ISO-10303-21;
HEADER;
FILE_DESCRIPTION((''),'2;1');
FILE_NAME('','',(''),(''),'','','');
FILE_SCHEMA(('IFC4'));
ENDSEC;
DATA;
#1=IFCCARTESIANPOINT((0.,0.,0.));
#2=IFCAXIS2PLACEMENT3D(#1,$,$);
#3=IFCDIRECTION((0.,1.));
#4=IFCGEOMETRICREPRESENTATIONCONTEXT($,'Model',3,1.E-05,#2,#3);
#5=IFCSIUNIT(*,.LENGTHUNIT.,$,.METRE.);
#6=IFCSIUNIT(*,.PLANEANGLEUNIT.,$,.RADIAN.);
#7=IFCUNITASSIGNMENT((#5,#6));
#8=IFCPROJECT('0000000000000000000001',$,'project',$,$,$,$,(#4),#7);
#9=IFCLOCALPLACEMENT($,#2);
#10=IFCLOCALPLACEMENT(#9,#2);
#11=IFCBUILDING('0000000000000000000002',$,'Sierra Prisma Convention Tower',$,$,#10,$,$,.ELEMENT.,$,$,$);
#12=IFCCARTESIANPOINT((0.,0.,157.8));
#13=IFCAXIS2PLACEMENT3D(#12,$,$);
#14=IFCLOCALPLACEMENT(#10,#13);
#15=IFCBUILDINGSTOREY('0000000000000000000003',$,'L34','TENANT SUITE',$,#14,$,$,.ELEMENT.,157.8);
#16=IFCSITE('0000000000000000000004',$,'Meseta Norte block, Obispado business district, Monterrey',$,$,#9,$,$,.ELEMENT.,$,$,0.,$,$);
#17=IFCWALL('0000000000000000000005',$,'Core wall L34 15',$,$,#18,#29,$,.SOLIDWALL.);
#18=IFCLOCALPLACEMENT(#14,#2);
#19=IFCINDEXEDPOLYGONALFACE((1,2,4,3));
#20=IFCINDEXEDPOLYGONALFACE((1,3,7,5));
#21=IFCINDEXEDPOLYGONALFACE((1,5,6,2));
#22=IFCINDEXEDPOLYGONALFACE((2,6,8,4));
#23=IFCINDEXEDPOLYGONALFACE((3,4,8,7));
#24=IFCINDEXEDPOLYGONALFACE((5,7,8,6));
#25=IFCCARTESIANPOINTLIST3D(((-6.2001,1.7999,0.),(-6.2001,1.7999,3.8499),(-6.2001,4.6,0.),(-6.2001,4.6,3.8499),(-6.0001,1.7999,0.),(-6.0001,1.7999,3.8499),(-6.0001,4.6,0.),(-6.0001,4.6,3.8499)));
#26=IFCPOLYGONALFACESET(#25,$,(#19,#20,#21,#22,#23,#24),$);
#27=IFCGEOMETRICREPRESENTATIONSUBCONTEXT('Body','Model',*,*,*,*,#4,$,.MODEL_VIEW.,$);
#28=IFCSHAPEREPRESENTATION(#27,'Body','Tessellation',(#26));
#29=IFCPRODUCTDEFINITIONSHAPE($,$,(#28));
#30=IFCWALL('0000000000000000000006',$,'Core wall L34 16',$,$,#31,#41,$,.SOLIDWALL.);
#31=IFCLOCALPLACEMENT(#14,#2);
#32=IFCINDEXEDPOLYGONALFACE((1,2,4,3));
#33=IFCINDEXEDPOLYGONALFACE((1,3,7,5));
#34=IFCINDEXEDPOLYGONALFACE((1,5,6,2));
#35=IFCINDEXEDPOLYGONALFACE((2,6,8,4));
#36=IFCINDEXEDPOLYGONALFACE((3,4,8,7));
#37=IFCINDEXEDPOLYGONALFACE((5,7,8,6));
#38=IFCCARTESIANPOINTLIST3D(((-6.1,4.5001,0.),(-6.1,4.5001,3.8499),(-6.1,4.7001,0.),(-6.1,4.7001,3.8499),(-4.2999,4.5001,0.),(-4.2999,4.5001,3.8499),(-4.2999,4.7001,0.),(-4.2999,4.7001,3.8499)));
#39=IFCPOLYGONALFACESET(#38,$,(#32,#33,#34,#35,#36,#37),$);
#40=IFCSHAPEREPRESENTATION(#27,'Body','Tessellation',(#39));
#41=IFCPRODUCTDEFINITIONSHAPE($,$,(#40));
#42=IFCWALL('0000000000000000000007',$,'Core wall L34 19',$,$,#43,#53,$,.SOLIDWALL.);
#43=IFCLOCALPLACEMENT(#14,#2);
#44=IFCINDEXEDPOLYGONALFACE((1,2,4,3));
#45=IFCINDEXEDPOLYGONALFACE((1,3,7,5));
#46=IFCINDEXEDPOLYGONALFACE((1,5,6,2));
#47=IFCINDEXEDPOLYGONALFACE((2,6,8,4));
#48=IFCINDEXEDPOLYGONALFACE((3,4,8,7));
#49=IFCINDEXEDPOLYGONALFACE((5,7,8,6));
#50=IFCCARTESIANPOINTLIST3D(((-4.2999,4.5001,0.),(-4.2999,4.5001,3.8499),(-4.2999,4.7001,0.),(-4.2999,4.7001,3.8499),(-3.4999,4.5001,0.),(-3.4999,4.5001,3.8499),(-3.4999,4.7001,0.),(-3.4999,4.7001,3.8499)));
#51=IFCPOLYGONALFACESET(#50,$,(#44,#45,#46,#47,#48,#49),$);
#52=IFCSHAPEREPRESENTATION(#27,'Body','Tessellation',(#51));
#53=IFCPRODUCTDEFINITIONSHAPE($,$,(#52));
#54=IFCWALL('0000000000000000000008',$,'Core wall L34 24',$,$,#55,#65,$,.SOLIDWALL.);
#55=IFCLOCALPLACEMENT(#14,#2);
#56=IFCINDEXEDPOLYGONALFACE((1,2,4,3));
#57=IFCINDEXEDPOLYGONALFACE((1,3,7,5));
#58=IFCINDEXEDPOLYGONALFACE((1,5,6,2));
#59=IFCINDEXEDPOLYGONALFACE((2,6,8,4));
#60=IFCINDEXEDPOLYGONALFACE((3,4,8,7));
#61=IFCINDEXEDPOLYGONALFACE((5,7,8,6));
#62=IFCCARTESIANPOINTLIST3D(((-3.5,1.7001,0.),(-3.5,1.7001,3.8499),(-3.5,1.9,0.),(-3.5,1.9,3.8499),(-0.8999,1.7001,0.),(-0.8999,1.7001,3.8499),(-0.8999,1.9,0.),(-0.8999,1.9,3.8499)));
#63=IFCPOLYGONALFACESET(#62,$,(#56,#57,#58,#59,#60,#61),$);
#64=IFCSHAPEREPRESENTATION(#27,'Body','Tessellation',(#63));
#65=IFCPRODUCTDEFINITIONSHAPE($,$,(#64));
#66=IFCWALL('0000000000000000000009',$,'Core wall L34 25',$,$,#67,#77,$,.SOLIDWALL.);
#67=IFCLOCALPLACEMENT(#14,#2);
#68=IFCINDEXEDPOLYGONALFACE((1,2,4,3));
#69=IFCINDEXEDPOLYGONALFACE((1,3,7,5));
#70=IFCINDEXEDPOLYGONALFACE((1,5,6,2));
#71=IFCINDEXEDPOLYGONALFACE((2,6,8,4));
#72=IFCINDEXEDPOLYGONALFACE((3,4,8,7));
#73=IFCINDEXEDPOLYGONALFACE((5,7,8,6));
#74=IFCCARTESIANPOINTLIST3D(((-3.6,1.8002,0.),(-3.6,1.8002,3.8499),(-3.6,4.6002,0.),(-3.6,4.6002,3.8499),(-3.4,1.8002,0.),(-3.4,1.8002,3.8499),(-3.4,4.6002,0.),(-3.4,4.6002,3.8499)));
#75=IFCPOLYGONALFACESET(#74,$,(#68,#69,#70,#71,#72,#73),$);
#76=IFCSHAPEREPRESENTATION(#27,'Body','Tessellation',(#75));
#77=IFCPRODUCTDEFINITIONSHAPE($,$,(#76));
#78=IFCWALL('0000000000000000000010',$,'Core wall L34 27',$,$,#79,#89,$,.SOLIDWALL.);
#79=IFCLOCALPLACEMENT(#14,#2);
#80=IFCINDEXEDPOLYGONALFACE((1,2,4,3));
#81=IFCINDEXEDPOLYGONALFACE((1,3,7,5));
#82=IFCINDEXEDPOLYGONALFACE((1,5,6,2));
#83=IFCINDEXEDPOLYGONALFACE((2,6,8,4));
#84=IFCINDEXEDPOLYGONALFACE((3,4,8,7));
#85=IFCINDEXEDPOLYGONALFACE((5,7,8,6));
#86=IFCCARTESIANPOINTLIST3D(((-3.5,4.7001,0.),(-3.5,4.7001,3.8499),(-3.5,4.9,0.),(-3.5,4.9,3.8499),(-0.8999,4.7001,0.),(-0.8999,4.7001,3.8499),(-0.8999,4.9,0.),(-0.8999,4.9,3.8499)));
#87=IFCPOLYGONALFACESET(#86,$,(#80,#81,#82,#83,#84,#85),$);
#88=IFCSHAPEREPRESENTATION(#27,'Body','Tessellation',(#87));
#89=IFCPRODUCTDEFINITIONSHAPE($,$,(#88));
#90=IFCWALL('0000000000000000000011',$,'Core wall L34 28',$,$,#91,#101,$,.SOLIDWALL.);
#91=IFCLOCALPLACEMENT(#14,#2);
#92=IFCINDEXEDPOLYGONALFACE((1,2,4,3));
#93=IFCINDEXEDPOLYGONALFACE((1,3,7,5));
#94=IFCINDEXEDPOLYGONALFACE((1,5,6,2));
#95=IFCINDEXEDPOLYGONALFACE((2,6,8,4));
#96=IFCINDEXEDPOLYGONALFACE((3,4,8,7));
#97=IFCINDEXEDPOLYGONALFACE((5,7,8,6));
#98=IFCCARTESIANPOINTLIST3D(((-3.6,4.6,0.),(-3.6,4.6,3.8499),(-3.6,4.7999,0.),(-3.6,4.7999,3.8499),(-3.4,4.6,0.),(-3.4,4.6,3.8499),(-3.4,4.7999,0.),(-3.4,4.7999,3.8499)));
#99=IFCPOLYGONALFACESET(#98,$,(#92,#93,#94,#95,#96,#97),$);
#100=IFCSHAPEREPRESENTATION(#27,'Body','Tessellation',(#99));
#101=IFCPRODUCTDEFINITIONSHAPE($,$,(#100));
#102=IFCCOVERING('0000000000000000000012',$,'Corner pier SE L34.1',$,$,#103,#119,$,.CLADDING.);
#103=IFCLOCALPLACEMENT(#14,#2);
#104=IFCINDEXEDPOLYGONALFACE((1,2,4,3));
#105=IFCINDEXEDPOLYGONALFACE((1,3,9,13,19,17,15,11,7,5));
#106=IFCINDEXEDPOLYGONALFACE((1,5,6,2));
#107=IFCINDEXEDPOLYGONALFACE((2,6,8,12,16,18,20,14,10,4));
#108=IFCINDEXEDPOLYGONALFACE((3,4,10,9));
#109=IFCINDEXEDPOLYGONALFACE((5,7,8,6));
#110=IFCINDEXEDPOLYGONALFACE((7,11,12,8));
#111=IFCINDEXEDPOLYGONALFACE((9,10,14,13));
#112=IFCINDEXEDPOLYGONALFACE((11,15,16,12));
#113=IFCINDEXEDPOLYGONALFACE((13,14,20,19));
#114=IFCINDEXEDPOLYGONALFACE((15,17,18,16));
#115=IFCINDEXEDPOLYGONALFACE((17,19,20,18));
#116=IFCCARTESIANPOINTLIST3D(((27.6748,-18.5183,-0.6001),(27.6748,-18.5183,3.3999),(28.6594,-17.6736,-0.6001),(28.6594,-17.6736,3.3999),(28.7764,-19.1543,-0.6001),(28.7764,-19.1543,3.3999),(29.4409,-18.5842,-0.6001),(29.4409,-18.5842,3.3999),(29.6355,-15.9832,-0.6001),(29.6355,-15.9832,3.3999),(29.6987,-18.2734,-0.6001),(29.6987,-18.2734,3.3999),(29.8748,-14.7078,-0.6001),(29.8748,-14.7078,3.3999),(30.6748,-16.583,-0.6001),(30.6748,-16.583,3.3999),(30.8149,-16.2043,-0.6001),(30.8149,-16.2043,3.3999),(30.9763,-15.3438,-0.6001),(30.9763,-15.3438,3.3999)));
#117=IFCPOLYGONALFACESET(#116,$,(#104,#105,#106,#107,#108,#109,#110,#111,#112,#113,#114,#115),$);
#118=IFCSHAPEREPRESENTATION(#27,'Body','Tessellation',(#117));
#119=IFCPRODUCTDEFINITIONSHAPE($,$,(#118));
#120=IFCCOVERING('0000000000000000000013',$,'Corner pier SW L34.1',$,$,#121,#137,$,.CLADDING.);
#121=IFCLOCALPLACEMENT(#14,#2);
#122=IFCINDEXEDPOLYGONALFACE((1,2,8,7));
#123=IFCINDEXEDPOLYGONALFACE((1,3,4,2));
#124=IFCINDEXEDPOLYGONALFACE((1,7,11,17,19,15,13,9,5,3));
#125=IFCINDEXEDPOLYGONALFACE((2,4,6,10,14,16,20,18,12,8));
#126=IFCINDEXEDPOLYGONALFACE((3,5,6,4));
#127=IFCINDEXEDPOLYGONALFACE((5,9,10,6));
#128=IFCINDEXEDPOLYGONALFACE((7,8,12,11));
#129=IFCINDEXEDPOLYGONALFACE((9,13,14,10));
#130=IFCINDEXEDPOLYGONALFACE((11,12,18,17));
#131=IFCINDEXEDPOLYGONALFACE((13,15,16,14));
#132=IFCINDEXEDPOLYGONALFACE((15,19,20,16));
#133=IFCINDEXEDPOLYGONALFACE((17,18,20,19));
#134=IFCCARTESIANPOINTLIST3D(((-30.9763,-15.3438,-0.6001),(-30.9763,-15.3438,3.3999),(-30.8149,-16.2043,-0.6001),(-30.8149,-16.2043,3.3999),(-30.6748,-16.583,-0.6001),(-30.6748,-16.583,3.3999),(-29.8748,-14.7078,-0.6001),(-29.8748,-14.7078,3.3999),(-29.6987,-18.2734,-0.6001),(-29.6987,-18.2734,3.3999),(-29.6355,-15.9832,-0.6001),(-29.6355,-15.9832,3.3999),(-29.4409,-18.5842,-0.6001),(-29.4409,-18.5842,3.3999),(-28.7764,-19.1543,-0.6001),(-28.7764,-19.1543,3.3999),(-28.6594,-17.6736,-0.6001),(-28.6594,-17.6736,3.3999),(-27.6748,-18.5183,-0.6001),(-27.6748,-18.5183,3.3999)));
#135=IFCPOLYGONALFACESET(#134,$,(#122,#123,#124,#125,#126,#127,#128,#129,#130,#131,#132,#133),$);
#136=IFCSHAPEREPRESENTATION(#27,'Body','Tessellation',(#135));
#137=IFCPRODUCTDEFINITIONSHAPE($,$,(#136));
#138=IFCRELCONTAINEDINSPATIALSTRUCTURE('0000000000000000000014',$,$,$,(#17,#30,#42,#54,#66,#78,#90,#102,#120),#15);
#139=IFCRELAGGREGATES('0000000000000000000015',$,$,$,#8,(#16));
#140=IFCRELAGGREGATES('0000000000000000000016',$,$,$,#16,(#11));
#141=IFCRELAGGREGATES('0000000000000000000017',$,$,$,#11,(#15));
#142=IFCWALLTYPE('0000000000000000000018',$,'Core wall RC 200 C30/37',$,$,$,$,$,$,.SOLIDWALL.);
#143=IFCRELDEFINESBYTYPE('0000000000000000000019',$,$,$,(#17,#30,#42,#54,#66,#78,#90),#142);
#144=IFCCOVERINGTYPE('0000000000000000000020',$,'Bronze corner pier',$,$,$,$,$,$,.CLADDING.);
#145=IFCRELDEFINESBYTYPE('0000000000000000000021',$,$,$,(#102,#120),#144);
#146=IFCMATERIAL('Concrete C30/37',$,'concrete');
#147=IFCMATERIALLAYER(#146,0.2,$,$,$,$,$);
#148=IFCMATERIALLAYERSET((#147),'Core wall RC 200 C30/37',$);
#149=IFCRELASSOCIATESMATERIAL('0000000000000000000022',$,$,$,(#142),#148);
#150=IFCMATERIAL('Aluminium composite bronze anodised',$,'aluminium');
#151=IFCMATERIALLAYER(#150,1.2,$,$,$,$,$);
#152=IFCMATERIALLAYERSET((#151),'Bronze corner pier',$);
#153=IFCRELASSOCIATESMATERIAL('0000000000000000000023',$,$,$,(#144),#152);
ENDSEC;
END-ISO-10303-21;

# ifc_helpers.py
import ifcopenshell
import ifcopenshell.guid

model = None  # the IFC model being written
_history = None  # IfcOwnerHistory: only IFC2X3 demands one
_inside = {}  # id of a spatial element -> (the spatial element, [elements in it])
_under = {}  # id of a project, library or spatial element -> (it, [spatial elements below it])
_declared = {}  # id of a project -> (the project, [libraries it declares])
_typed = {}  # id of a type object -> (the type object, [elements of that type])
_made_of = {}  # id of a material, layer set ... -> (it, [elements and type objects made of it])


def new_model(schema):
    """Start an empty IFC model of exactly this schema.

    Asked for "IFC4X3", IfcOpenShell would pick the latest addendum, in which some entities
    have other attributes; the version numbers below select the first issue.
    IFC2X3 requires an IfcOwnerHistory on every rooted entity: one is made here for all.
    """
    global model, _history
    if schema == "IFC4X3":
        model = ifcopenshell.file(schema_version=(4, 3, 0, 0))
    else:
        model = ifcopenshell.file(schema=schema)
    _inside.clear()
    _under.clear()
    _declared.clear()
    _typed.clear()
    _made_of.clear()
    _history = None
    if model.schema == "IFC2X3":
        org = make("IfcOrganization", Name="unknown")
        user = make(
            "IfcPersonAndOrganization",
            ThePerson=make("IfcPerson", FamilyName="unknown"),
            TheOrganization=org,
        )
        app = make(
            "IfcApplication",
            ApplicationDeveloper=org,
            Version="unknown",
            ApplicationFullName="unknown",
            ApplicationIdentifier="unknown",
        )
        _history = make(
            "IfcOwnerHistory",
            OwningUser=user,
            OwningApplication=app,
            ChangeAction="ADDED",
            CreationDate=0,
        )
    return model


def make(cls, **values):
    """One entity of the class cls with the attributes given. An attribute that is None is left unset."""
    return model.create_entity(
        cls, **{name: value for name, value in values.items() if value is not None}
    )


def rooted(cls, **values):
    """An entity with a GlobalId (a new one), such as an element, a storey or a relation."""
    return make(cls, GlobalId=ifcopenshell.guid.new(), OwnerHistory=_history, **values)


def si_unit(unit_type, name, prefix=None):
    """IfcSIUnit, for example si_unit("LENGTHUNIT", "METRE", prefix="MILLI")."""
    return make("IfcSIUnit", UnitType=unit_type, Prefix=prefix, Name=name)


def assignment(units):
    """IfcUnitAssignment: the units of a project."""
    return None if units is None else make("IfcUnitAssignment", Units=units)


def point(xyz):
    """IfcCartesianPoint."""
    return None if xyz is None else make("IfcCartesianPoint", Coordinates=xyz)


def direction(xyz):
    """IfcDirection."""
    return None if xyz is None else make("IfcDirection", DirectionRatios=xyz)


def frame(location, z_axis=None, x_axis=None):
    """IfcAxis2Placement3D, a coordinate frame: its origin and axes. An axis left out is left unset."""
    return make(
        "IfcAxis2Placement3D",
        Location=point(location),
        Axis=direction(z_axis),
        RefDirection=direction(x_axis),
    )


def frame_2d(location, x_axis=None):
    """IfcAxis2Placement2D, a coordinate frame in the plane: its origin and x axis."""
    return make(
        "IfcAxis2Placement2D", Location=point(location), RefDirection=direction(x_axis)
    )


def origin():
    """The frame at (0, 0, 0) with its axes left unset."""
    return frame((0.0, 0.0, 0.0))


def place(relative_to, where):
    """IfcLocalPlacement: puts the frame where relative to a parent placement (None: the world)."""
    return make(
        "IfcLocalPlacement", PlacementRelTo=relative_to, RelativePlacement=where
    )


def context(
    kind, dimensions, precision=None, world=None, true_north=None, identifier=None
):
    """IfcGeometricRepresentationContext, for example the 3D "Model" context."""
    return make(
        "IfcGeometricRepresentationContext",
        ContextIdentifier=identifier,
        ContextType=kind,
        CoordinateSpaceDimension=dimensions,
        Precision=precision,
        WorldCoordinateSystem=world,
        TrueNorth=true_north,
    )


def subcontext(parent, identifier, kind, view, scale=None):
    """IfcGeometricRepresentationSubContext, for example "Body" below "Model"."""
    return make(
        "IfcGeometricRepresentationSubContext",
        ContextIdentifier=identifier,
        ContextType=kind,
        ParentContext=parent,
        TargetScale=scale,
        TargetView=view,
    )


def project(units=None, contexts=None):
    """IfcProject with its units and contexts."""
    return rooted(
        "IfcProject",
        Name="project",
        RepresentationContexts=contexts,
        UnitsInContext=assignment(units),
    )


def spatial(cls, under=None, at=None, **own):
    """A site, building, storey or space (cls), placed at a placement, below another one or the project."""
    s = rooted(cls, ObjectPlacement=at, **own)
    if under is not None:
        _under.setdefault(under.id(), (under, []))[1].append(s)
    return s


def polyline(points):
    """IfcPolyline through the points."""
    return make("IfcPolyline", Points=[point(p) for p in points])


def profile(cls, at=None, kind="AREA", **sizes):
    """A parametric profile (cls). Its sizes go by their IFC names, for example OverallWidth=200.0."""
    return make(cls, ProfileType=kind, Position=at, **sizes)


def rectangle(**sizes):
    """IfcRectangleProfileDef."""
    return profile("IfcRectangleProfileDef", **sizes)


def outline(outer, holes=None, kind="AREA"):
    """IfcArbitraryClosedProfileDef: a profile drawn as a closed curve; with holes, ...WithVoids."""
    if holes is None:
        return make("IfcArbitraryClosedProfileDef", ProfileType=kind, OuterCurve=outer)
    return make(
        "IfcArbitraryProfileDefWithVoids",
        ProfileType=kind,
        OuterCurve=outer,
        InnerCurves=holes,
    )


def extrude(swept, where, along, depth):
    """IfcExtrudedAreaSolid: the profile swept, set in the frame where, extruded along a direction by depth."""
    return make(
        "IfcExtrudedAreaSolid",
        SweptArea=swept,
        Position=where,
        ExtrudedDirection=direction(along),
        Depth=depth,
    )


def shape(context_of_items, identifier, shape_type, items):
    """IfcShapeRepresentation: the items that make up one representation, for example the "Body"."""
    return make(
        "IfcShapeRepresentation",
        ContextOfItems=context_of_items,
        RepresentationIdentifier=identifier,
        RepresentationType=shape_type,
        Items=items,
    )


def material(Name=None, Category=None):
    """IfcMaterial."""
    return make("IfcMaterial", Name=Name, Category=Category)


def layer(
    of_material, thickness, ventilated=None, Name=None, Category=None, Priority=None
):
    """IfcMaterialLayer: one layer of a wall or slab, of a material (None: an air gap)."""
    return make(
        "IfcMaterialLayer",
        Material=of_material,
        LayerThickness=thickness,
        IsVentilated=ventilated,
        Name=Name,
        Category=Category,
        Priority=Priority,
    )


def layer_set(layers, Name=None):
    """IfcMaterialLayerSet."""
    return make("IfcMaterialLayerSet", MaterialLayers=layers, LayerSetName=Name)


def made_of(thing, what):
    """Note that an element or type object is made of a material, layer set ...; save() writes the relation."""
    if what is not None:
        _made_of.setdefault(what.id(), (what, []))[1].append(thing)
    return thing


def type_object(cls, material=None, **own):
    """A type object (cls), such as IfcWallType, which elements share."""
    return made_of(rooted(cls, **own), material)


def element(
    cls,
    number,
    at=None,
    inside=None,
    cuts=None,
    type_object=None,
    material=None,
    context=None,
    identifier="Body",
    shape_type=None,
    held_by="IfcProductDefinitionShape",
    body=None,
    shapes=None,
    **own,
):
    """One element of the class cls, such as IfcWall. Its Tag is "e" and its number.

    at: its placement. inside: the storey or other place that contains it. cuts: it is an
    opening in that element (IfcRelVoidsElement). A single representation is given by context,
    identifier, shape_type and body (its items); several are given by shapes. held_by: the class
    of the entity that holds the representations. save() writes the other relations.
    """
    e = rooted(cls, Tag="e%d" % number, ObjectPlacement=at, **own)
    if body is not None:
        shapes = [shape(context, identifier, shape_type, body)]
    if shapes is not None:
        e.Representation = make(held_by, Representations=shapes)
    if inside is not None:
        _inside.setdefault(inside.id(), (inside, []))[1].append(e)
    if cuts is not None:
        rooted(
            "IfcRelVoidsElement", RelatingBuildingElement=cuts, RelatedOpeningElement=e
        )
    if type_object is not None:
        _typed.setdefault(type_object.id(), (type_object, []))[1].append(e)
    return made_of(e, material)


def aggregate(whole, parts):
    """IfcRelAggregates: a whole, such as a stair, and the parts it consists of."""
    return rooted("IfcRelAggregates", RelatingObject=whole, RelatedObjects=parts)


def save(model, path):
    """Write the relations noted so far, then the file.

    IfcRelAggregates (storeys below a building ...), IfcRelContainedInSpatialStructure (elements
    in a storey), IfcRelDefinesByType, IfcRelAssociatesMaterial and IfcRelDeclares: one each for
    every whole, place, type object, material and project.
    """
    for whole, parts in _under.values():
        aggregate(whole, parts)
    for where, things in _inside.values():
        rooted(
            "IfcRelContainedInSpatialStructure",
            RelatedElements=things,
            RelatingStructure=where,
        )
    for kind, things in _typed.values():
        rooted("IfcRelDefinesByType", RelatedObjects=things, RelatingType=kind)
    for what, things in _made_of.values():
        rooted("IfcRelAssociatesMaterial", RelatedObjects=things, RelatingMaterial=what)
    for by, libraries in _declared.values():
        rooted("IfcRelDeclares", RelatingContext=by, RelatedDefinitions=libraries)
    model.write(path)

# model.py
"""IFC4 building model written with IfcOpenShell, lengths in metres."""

from ifc_helpers import new_model, si_unit, direction, frame, frame_2d, origin, place, context, subcontext, project, spatial, polyline, rectangle, outline, extrude, material, layer, layer_set, type_object, element, save


model = new_model("IFC4")

# Units and contexts
model_context = context("Model", 3, precision=1e-05, world=origin(), true_north=direction((0.0, 1.0)))
body_context = subcontext(model_context, "Body", "Model", "MODEL_VIEW")
ifc_project = project(units=[si_unit("LENGTHUNIT", "METRE"), si_unit("PLANEANGLEUNIT", "RADIAN")], contexts=[model_context])

# Site, building, storey
site_placement = place(None, origin())
site = spatial("IfcSite", under=ifc_project, at=site_placement, Name="Meseta Norte block, Obispado business district, Monterrey", CompositionType="ELEMENT", RefElevation=0.0)
building_placement = place(site_placement, origin())
building = spatial("IfcBuilding", under=site, at=building_placement, Name="Sierra Prisma Convention Tower", CompositionType="ELEMENT")
storey_placement = place(building_placement, frame((0.0, 0.0, 157.8)))
storey = spatial("IfcBuildingStorey", under=building, at=storey_placement, Name="L34", Description="TENANT SUITE", CompositionType="ELEMENT", Elevation=157.8)

# Walls
ifc_material_1 = material(Name="Concrete C30/37", Category="concrete")
ifc_layer_1 = layer(ifc_material_1, 0.2)
ifc_layer_set_1 = layer_set([ifc_layer_1], Name="Core wall RC 200 C30/37")
wall_type = type_object("IfcWallType", Name="Core wall RC 200 C30/37", PredefinedType="SOLIDWALL", material=ifc_layer_set_1)
wall_1_placement = place(storey_placement, frame((-6.1001, 1.8, 0.0), z_axis=(0.0, 0.0, 1.0), x_axis=(0.0, 1.0, 0.0)))
element("IfcWall", 1, at=wall_1_placement, inside=storey, type_object=wall_type, Name="Core wall L34 15", PredefinedType="SOLIDWALL", context=body_context, shape_type="SweptSolid", body=[
    extrude(rectangle(XDim=2.8, YDim=0.2, at=frame_2d((1.3999, 0.0))), origin(), (0.0, 0.0, 1.0), 3.8499),
])
wall_2_placement = place(storey_placement, frame((-4.3, 4.6001, 0.0), z_axis=(0.0, 0.0, 1.0), x_axis=(-1.0, 0.0, 0.0)))
element("IfcWall", 2, at=wall_2_placement, inside=storey, type_object=wall_type, Name="Core wall L34 16", PredefinedType="SOLIDWALL", context=body_context, shape_type="SweptSolid", body=[
    extrude(rectangle(XDim=1.8, YDim=0.2, at=frame_2d((0.8999, 0.0))), origin(), (0.0, 0.0, 1.0), 3.8499),
])
wall_3_placement = place(storey_placement, frame((-3.5, 4.6001, 0.0), z_axis=(0.0, 0.0, 1.0), x_axis=(-1.0, 0.0, 0.0)))
element("IfcWall", 3, at=wall_3_placement, inside=storey, type_object=wall_type, Name="Core wall L34 19", PredefinedType="SOLIDWALL", context=body_context, shape_type="SweptSolid", body=[
    extrude(rectangle(XDim=0.8, YDim=0.2, at=frame_2d((0.3999, 0.0))), origin(), (0.0, 0.0, 1.0), 3.8499),
])

# Walls
wall_4_placement = place(storey_placement, frame((-0.8999, 1.8, 0.0), z_axis=(0.0, 0.0, 1.0), x_axis=(-1.0, 0.0, 0.0)))
element("IfcWall", 4, at=wall_4_placement, inside=storey, type_object=wall_type, Name="Core wall L34 24", PredefinedType="SOLIDWALL", context=body_context, shape_type="SweptSolid", body=[
    extrude(rectangle(XDim=2.6001, YDim=0.2, at=frame_2d((1.3, 0.0))), origin(), (0.0, 0.0, 1.0), 3.8499),
])
wall_5_placement = place(storey_placement, frame((-3.5, 4.6001, 0.0), z_axis=(0.0, 0.0, 1.0), x_axis=(0.0, -1.0, 0.0)))
element("IfcWall", 5, at=wall_5_placement, inside=storey, type_object=wall_type, Name="Core wall L34 25", PredefinedType="SOLIDWALL", context=body_context, shape_type="SweptSolid", body=[
    extrude(rectangle(XDim=2.8, YDim=0.2, at=frame_2d((1.3999, 0.0))), origin(), (0.0, 0.0, 1.0), 3.8499),
])

# Walls
wall_6_placement = place(storey_placement, frame((-0.8999, 4.8, 0.0), z_axis=(0.0, 0.0, 1.0), x_axis=(-1.0, 0.0, 0.0)))
element("IfcWall", 6, at=wall_6_placement, inside=storey, type_object=wall_type, Name="Core wall L34 27", PredefinedType="SOLIDWALL", context=body_context, shape_type="SweptSolid", body=[
    extrude(rectangle(XDim=2.6001, YDim=0.2, at=frame_2d((1.3, 0.0))), origin(), (0.0, 0.0, 1.0), 3.8499),
])
wall_7_placement = place(storey_placement, frame((-3.5, 4.8, 0.0), z_axis=(0.0, 0.0, 1.0), x_axis=(0.0, -1.0, 0.0)))
element("IfcWall", 7, at=wall_7_placement, inside=storey, type_object=wall_type, Name="Core wall L34 28", PredefinedType="SOLIDWALL", context=body_context, shape_type="SweptSolid", body=[
    extrude(rectangle(XDim=0.2, YDim=0.2, at=frame_2d((0.1001, 0.0))), origin(), (0.0, 0.0, 1.0), 3.8499),
])

# Coverings
ifc_material_2 = material(Name="Aluminium composite bronze anodised", Category="aluminium")
ifc_layer_2 = layer(ifc_material_2, 1.2)
ifc_layer_set_2 = layer_set([ifc_layer_2], Name="Bronze corner pier")
covering_type_1 = type_object("IfcCoveringType", Name="Bronze corner pier", PredefinedType="CLADDING", material=ifc_layer_set_2)
covering_1_placement = place(storey_placement, frame((0.0, 0.0, -0.6001)))
element("IfcCovering", 8, at=covering_1_placement, inside=storey, type_object=covering_type_1, Name="Corner pier SE L34.1", PredefinedType="CLADDING", context=body_context, shape_type="SweptSolid", body=[
    extrude(outline(polyline([(30.6748, -16.583), (29.6987, -18.2734), (29.4409, -18.5842), (28.7764, -19.1543), (27.6748, -18.5183), (28.6594, -17.6736), (29.6355, -15.9832), (29.8748, -14.7078), (30.9763, -15.3438), (30.8149, -16.2043), (30.6748, -16.583)])), origin(), (0.0, 0.0, 1.0), 4.0),
])
covering_2_placement = place(storey_placement, frame((0.0, 0.0, -0.6001)))
element("IfcCovering", 9, at=covering_2_placement, inside=storey, type_object=covering_type_1, Name="Corner pier SW L34.1", PredefinedType="CLADDING", context=body_context, shape_type="SweptSolid", body=[
    extrude(outline(polyline([(-29.6987, -18.2734), (-30.6748, -16.583), (-30.8149, -16.2043), (-30.9763, -15.3438), (-29.8748, -14.7078), (-29.6355, -15.9832), (-28.6594, -17.6736), (-27.6748, -18.5183), (-28.7764, -19.1543), (-29.4409, -18.5842), (-29.6987, -18.2734)])), origin(), (0.0, 0.0, 1.0), 4.0),
])

save(model, "model.ifc")
